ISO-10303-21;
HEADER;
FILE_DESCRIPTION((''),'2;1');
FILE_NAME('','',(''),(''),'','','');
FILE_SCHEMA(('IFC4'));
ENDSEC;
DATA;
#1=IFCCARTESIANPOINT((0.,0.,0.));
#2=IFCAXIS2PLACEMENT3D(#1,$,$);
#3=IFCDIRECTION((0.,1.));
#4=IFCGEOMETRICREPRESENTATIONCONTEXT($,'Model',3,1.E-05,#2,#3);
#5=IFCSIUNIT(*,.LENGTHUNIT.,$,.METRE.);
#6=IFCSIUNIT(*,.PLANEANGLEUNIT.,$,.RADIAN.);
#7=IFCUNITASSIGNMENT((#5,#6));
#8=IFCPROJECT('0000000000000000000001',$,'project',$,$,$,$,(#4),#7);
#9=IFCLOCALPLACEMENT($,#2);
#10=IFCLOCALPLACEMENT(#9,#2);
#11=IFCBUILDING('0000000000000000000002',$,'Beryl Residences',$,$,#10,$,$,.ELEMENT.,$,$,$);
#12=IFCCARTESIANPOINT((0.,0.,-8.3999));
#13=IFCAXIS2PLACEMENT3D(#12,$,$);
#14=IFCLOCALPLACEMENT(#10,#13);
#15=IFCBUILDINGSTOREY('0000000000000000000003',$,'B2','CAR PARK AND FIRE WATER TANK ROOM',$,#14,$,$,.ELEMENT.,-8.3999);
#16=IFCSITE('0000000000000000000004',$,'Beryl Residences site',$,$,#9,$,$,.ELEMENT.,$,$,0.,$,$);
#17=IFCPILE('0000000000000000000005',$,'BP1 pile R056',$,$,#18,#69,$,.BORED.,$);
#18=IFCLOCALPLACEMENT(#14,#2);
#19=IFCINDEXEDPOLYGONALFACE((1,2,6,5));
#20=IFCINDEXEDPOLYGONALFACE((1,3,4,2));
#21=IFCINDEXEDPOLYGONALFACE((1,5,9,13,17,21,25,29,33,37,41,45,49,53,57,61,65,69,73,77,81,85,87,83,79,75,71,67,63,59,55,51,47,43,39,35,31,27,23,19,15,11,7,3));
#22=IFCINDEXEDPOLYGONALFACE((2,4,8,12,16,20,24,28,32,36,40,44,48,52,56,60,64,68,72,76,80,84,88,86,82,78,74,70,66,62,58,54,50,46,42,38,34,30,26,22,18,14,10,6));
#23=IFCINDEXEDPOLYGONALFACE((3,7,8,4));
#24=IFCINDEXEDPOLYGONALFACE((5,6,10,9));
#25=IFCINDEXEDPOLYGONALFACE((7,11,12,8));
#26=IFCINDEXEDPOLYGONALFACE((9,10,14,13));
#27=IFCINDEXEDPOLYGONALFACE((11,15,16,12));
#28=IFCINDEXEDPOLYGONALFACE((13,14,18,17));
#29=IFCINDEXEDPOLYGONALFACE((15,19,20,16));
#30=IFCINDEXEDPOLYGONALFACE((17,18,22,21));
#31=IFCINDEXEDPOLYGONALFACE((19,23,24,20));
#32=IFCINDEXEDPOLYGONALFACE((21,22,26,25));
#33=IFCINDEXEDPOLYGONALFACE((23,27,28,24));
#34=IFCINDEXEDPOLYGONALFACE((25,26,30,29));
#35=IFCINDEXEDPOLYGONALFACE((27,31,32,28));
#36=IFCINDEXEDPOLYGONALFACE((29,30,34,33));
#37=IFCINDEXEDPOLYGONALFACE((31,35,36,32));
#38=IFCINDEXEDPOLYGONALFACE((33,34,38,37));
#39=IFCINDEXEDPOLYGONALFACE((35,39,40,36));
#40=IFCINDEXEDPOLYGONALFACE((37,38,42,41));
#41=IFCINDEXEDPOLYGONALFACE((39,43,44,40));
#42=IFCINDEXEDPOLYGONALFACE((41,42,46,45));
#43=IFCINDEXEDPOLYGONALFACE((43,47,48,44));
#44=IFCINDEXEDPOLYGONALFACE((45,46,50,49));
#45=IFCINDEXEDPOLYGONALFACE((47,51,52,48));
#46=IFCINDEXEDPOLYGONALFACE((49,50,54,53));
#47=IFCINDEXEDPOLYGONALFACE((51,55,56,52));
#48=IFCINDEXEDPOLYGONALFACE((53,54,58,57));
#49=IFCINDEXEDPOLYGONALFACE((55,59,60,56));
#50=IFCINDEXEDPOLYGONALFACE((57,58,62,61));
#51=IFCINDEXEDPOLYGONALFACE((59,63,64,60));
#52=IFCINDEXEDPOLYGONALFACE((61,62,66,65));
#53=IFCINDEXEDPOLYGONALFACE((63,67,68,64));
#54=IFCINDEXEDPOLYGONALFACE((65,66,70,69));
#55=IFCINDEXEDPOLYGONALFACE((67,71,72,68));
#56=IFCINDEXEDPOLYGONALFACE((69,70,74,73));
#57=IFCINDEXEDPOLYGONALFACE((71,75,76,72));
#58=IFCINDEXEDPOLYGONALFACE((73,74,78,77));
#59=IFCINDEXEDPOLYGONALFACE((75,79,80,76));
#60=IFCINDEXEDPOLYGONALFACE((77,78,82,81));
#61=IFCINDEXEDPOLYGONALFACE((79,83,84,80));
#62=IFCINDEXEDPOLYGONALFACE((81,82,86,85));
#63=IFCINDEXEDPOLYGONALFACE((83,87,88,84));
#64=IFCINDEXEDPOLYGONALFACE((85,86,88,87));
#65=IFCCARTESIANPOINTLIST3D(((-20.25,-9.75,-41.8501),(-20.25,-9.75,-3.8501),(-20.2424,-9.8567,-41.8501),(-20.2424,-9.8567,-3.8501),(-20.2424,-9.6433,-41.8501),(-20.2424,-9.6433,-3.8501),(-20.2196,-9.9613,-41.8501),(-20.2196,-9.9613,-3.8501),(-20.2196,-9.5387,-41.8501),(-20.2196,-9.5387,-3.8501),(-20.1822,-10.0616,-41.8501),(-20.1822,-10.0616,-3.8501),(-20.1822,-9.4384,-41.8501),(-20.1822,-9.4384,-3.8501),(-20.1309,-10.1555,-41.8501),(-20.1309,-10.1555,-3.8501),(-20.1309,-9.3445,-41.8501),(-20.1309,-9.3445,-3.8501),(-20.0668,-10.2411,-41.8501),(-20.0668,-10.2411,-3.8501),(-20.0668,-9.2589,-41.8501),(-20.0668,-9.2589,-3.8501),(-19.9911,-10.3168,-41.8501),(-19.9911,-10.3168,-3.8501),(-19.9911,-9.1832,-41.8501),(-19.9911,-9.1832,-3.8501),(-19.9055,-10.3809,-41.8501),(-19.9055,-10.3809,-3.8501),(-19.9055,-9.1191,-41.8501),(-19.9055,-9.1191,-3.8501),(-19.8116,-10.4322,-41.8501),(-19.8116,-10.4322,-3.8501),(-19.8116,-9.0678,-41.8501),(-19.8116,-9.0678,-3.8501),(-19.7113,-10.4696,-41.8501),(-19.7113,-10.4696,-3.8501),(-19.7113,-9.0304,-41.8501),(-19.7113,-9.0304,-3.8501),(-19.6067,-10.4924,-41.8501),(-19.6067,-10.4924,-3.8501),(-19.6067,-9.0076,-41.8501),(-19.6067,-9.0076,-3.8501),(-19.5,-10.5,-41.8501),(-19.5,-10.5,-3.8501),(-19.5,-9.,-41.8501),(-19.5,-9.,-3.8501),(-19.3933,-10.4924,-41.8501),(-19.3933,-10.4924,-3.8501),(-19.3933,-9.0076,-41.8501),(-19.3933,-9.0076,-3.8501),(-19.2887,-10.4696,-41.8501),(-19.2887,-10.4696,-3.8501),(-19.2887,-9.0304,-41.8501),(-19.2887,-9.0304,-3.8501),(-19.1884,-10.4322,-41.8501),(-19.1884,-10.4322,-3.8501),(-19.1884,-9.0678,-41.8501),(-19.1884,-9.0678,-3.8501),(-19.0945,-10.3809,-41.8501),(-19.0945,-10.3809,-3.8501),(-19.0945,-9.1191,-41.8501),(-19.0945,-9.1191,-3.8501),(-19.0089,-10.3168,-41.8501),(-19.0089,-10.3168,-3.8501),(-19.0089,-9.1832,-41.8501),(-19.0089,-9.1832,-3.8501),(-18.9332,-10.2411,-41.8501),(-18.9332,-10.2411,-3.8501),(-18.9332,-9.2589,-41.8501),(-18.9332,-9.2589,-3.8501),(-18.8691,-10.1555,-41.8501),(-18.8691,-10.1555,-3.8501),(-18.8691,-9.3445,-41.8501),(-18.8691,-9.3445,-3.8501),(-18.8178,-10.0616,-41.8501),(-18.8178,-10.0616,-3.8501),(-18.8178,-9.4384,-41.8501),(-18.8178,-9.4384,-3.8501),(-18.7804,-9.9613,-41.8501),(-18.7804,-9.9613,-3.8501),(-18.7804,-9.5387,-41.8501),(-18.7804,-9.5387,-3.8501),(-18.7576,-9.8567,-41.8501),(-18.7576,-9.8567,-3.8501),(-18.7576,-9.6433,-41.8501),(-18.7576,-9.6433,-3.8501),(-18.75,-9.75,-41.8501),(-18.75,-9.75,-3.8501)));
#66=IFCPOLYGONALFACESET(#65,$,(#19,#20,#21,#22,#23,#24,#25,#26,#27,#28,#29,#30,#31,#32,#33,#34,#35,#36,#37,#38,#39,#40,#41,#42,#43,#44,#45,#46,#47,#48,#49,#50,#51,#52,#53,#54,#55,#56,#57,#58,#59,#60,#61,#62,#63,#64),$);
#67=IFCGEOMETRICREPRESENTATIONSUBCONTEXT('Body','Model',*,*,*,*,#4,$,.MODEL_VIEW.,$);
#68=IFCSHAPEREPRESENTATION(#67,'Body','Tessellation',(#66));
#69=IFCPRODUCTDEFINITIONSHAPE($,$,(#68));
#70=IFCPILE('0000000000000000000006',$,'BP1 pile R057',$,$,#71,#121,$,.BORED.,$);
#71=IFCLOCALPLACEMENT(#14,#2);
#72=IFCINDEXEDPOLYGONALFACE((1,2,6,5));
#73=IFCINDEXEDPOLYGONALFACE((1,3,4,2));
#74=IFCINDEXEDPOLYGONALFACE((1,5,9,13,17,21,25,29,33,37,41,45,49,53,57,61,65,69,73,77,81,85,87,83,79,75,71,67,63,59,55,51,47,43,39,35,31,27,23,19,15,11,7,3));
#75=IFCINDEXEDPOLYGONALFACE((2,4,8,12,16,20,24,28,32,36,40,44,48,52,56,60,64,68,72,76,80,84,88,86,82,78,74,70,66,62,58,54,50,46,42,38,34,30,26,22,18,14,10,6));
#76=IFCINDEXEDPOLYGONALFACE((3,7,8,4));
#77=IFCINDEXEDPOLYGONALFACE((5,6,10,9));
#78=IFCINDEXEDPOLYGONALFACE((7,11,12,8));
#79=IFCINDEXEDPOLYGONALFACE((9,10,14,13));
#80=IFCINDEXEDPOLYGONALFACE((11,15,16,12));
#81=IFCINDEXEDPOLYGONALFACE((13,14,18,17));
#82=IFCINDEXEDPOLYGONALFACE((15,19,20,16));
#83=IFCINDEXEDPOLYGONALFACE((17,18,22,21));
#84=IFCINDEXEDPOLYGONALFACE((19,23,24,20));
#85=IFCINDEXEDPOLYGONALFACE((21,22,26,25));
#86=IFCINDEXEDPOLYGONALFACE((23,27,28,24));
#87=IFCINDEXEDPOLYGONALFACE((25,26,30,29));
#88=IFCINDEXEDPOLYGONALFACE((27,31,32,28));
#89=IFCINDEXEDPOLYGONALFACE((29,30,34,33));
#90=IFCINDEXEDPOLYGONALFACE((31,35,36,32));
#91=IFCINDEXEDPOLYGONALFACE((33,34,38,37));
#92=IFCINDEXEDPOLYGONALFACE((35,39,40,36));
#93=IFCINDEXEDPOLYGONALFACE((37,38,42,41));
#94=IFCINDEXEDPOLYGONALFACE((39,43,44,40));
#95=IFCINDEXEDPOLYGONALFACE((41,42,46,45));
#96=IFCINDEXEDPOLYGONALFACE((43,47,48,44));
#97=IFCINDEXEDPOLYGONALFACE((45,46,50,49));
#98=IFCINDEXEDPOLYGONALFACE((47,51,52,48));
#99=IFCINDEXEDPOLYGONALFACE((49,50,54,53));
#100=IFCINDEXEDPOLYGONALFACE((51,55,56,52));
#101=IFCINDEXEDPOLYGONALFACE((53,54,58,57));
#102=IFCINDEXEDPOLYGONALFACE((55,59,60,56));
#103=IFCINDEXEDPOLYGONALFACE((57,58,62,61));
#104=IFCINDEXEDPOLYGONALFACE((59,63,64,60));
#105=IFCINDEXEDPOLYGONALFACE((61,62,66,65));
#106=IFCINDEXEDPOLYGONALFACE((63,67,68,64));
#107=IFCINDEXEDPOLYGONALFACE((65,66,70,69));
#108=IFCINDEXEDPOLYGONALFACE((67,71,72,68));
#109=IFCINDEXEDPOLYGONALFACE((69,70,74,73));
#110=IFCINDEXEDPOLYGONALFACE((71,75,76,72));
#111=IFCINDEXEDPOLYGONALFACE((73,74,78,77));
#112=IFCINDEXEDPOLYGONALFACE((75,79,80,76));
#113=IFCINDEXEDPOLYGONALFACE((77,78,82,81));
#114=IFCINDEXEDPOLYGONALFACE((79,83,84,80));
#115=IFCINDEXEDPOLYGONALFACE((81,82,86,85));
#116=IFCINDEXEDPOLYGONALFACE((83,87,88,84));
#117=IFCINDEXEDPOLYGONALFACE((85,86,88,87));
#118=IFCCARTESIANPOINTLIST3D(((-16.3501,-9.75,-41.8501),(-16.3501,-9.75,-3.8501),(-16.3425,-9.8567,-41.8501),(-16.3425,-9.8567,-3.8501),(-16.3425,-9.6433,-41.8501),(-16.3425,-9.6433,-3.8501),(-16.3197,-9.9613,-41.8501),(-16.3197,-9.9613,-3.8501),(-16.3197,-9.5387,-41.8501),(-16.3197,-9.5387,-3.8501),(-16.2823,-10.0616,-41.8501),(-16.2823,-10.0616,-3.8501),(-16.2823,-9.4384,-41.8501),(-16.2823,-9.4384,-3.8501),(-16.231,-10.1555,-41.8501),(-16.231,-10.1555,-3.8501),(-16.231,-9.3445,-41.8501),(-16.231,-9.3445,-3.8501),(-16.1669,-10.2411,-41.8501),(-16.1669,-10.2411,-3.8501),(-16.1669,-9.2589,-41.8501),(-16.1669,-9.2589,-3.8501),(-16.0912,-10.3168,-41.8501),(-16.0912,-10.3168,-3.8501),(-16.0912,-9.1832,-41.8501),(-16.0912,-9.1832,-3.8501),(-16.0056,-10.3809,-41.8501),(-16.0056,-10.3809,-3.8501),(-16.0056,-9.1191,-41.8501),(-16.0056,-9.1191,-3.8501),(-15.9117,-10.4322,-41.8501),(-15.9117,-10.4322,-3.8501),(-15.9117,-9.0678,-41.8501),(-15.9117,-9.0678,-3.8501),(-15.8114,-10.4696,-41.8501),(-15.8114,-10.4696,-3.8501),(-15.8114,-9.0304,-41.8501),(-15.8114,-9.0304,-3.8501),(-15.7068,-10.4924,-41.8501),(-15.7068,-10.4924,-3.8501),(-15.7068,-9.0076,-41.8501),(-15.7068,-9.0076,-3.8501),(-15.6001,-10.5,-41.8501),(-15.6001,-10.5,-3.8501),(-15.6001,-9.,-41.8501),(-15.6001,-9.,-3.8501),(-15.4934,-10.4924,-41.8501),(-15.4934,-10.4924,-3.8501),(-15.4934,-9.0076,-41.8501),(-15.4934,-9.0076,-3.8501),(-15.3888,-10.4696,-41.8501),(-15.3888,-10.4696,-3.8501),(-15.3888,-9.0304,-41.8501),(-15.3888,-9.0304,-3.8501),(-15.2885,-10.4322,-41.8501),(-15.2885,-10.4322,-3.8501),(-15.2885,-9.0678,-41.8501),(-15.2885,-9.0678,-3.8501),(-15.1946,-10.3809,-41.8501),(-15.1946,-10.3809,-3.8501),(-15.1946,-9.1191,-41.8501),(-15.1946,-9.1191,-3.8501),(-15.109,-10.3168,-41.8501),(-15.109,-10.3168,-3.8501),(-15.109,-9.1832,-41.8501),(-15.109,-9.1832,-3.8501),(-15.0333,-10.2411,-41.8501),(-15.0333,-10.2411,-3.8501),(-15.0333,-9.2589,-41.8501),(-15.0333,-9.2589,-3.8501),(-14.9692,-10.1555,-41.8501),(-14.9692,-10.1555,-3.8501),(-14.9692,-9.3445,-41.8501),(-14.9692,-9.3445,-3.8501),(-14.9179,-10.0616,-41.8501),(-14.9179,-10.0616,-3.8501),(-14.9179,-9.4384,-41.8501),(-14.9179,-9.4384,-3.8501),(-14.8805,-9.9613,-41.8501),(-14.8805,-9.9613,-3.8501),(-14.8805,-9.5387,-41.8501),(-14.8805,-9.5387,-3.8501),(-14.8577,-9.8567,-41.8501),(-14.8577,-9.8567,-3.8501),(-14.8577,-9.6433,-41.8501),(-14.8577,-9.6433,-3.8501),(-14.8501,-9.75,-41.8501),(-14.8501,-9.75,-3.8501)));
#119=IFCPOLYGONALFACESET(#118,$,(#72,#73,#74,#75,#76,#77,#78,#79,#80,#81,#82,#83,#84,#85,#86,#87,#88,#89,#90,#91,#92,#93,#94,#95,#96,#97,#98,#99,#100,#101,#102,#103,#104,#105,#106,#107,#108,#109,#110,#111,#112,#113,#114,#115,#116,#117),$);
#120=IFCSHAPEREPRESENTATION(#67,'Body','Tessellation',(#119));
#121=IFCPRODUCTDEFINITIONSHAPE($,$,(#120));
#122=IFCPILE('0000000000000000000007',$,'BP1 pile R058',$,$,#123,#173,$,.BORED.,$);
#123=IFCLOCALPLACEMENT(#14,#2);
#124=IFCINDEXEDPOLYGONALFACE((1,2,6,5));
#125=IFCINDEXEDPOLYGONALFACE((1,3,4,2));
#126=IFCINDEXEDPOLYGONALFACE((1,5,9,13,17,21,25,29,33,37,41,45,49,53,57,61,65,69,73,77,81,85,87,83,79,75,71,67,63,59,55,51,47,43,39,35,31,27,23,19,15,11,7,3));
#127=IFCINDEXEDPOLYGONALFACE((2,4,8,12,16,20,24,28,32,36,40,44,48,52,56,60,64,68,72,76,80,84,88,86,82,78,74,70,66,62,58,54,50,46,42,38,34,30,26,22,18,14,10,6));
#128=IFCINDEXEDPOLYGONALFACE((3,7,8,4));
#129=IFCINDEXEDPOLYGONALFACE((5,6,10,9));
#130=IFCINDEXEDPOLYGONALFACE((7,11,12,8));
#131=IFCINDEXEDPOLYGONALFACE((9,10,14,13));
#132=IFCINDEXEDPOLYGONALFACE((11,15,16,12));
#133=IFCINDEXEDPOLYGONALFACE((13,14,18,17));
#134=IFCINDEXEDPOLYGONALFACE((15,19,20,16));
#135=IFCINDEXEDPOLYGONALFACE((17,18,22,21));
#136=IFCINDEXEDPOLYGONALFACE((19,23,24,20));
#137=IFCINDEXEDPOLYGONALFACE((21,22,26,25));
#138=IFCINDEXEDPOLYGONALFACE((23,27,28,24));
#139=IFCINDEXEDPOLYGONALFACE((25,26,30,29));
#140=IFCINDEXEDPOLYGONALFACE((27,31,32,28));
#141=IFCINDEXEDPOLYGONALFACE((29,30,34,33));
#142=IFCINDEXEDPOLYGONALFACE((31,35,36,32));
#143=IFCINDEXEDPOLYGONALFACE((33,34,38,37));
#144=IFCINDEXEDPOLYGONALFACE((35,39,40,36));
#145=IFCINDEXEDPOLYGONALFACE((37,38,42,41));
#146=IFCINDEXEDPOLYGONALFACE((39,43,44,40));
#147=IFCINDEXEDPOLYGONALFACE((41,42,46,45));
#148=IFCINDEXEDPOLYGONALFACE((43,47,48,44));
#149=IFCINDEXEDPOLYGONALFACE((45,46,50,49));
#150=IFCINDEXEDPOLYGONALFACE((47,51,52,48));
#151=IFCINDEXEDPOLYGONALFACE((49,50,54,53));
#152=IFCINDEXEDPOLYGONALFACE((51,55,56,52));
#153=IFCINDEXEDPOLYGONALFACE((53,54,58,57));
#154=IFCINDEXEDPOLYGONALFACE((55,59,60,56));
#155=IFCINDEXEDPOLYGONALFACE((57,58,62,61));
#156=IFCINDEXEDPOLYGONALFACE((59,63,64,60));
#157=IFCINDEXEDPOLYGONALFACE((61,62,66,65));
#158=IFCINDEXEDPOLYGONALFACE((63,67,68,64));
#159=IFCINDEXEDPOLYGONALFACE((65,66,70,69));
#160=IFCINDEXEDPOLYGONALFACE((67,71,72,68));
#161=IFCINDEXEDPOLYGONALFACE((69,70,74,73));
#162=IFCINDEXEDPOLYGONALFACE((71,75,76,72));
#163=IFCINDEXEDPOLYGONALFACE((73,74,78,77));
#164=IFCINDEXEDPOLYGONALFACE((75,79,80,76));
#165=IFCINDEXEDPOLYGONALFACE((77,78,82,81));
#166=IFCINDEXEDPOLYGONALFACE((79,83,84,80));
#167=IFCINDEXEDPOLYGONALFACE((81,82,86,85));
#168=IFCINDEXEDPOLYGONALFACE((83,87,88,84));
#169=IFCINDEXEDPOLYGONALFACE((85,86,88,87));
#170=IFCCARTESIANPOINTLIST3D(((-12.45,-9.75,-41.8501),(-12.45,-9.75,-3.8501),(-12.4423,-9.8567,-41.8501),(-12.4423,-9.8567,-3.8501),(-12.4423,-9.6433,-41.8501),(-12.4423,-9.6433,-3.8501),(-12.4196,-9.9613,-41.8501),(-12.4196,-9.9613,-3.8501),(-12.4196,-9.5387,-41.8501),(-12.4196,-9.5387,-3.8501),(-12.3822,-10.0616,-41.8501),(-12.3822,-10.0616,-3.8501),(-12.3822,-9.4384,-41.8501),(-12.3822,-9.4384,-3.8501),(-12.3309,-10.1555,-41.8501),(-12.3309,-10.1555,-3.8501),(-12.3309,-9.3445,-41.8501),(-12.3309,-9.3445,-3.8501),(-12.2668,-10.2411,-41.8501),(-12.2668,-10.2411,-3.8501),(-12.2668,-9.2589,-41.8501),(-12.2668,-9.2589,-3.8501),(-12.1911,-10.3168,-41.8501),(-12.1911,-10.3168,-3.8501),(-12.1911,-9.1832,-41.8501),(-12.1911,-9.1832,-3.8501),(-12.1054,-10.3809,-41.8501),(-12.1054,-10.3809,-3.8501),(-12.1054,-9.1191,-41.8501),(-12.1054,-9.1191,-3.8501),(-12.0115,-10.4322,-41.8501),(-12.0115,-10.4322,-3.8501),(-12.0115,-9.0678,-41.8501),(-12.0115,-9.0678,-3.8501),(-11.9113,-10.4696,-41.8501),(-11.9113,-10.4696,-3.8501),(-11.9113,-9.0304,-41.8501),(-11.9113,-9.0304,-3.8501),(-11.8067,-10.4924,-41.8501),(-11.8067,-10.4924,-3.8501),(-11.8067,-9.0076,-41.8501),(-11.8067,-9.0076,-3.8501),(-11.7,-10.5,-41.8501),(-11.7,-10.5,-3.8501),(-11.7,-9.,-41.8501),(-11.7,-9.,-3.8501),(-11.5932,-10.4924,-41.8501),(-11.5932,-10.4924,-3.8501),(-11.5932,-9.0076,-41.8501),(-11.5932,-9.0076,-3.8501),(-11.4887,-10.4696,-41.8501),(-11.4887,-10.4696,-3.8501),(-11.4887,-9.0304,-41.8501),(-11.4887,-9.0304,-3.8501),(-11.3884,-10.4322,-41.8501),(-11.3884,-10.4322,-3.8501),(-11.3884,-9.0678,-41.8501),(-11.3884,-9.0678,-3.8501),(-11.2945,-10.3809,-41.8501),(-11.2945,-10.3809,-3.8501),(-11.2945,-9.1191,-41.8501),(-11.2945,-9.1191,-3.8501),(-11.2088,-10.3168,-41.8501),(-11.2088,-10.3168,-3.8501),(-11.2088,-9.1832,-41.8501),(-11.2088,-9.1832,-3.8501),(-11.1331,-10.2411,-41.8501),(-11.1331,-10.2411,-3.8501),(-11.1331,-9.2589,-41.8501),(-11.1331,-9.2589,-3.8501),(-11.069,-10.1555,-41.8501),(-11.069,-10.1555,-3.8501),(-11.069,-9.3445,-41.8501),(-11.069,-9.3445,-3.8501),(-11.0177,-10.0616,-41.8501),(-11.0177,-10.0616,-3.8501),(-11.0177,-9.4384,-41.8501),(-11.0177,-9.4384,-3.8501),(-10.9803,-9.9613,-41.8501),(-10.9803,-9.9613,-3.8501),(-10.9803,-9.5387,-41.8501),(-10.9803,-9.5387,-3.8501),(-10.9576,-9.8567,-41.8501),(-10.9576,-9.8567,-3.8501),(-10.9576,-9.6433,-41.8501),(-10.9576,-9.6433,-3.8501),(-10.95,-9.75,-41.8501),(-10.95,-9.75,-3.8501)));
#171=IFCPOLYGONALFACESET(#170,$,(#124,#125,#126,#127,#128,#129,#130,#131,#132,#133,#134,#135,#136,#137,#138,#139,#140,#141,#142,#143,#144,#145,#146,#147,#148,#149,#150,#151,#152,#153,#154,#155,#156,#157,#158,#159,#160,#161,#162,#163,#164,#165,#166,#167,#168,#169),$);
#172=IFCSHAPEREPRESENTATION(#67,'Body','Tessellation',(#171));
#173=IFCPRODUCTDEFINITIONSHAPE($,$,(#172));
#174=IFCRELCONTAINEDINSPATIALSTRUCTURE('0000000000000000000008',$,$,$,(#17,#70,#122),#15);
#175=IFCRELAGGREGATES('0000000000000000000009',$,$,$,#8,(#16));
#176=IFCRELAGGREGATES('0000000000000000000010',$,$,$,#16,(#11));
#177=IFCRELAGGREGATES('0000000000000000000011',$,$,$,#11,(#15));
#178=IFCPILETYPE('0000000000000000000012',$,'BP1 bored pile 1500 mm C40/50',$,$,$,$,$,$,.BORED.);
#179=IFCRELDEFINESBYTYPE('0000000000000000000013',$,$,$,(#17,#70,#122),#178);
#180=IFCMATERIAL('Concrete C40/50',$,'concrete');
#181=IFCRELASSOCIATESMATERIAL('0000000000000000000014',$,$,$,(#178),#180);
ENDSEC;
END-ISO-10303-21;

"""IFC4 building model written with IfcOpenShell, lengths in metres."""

from ifc_helpers import new_model, si_unit, direction, frame, origin, origin_2d, place, context, subcontext, project, spatial, circle, extrude, material, material_profile, profile_set, type_object, element, save


model = new_model("IFC4")

# Units and contexts
model_context = context("Model", 3, precision=1e-05, world=origin(), true_north=direction((0.0, 1.0)))
body_context = subcontext(model_context, "Body", "Model", "MODEL_VIEW")
ifc_project = project(units=[si_unit("LENGTHUNIT", "METRE"), si_unit("PLANEANGLEUNIT", "RADIAN")], contexts=[model_context])

# Site, building, storey
site_placement = place(None, origin())
site = spatial("IfcSite", under=ifc_project, at=site_placement, Name="Beryl Residences site", CompositionType="ELEMENT", RefElevation=0.0)
building_placement = place(site_placement, origin())
building = spatial("IfcBuilding", under=site, at=building_placement, Name="Beryl Residences", CompositionType="ELEMENT")
storey_placement = place(building_placement, frame((0.0, 0.0, -8.3999)))
storey = spatial("IfcBuildingStorey", under=building, at=storey_placement, Name="B2", Description="CAR PARK AND FIRE WATER TANK ROOM", CompositionType="ELEMENT", Elevation=-8.3999)

# Piles
ifc_material_1 = material(Name="Concrete C40/50", Category="concrete")
ifc_material_profile_1 = material_profile(ifc_material_1, circle(Radius=0.75, at=origin_2d()))
ifc_profile_set_1 = profile_set([ifc_material_profile_1], Name="Concrete C40/50")
pile_type = type_object("IfcPileType", Name="BP1 bored pile 1500 mm C40/50", PredefinedType="BORED", material=ifc_profile_set_1)
for number, where, z_axis, x_axis, name in (
    (1, (-19.5, -9.75, -3.8501), (0.0, 0.0, -1.0), (1.0, 0.0, 0.0), "BP1 pile R056"),
    (2, (-15.6001, -9.75, -3.8501), (0.0, 0.0, -1.0), (1.0, 0.0, 0.0), "BP1 pile R057"),
    (3, (-11.7, -9.75, -3.8501), (0.0, 0.0, -1.0), (1.0, 0.0, 0.0), "BP1 pile R058"),
):
    element("IfcPile", number, at=place(storey_placement, frame(where, z_axis=z_axis, x_axis=x_axis)), inside=storey, type_object=pile_type, Name=name, PredefinedType="BORED", context=body_context, shape_type="SweptSolid", body=[
        extrude(circle(Radius=0.75, at=origin_2d()), origin(), (0.0, 0.0, 1.0), 38.0),
    ])

save(model, "model.ifc")
